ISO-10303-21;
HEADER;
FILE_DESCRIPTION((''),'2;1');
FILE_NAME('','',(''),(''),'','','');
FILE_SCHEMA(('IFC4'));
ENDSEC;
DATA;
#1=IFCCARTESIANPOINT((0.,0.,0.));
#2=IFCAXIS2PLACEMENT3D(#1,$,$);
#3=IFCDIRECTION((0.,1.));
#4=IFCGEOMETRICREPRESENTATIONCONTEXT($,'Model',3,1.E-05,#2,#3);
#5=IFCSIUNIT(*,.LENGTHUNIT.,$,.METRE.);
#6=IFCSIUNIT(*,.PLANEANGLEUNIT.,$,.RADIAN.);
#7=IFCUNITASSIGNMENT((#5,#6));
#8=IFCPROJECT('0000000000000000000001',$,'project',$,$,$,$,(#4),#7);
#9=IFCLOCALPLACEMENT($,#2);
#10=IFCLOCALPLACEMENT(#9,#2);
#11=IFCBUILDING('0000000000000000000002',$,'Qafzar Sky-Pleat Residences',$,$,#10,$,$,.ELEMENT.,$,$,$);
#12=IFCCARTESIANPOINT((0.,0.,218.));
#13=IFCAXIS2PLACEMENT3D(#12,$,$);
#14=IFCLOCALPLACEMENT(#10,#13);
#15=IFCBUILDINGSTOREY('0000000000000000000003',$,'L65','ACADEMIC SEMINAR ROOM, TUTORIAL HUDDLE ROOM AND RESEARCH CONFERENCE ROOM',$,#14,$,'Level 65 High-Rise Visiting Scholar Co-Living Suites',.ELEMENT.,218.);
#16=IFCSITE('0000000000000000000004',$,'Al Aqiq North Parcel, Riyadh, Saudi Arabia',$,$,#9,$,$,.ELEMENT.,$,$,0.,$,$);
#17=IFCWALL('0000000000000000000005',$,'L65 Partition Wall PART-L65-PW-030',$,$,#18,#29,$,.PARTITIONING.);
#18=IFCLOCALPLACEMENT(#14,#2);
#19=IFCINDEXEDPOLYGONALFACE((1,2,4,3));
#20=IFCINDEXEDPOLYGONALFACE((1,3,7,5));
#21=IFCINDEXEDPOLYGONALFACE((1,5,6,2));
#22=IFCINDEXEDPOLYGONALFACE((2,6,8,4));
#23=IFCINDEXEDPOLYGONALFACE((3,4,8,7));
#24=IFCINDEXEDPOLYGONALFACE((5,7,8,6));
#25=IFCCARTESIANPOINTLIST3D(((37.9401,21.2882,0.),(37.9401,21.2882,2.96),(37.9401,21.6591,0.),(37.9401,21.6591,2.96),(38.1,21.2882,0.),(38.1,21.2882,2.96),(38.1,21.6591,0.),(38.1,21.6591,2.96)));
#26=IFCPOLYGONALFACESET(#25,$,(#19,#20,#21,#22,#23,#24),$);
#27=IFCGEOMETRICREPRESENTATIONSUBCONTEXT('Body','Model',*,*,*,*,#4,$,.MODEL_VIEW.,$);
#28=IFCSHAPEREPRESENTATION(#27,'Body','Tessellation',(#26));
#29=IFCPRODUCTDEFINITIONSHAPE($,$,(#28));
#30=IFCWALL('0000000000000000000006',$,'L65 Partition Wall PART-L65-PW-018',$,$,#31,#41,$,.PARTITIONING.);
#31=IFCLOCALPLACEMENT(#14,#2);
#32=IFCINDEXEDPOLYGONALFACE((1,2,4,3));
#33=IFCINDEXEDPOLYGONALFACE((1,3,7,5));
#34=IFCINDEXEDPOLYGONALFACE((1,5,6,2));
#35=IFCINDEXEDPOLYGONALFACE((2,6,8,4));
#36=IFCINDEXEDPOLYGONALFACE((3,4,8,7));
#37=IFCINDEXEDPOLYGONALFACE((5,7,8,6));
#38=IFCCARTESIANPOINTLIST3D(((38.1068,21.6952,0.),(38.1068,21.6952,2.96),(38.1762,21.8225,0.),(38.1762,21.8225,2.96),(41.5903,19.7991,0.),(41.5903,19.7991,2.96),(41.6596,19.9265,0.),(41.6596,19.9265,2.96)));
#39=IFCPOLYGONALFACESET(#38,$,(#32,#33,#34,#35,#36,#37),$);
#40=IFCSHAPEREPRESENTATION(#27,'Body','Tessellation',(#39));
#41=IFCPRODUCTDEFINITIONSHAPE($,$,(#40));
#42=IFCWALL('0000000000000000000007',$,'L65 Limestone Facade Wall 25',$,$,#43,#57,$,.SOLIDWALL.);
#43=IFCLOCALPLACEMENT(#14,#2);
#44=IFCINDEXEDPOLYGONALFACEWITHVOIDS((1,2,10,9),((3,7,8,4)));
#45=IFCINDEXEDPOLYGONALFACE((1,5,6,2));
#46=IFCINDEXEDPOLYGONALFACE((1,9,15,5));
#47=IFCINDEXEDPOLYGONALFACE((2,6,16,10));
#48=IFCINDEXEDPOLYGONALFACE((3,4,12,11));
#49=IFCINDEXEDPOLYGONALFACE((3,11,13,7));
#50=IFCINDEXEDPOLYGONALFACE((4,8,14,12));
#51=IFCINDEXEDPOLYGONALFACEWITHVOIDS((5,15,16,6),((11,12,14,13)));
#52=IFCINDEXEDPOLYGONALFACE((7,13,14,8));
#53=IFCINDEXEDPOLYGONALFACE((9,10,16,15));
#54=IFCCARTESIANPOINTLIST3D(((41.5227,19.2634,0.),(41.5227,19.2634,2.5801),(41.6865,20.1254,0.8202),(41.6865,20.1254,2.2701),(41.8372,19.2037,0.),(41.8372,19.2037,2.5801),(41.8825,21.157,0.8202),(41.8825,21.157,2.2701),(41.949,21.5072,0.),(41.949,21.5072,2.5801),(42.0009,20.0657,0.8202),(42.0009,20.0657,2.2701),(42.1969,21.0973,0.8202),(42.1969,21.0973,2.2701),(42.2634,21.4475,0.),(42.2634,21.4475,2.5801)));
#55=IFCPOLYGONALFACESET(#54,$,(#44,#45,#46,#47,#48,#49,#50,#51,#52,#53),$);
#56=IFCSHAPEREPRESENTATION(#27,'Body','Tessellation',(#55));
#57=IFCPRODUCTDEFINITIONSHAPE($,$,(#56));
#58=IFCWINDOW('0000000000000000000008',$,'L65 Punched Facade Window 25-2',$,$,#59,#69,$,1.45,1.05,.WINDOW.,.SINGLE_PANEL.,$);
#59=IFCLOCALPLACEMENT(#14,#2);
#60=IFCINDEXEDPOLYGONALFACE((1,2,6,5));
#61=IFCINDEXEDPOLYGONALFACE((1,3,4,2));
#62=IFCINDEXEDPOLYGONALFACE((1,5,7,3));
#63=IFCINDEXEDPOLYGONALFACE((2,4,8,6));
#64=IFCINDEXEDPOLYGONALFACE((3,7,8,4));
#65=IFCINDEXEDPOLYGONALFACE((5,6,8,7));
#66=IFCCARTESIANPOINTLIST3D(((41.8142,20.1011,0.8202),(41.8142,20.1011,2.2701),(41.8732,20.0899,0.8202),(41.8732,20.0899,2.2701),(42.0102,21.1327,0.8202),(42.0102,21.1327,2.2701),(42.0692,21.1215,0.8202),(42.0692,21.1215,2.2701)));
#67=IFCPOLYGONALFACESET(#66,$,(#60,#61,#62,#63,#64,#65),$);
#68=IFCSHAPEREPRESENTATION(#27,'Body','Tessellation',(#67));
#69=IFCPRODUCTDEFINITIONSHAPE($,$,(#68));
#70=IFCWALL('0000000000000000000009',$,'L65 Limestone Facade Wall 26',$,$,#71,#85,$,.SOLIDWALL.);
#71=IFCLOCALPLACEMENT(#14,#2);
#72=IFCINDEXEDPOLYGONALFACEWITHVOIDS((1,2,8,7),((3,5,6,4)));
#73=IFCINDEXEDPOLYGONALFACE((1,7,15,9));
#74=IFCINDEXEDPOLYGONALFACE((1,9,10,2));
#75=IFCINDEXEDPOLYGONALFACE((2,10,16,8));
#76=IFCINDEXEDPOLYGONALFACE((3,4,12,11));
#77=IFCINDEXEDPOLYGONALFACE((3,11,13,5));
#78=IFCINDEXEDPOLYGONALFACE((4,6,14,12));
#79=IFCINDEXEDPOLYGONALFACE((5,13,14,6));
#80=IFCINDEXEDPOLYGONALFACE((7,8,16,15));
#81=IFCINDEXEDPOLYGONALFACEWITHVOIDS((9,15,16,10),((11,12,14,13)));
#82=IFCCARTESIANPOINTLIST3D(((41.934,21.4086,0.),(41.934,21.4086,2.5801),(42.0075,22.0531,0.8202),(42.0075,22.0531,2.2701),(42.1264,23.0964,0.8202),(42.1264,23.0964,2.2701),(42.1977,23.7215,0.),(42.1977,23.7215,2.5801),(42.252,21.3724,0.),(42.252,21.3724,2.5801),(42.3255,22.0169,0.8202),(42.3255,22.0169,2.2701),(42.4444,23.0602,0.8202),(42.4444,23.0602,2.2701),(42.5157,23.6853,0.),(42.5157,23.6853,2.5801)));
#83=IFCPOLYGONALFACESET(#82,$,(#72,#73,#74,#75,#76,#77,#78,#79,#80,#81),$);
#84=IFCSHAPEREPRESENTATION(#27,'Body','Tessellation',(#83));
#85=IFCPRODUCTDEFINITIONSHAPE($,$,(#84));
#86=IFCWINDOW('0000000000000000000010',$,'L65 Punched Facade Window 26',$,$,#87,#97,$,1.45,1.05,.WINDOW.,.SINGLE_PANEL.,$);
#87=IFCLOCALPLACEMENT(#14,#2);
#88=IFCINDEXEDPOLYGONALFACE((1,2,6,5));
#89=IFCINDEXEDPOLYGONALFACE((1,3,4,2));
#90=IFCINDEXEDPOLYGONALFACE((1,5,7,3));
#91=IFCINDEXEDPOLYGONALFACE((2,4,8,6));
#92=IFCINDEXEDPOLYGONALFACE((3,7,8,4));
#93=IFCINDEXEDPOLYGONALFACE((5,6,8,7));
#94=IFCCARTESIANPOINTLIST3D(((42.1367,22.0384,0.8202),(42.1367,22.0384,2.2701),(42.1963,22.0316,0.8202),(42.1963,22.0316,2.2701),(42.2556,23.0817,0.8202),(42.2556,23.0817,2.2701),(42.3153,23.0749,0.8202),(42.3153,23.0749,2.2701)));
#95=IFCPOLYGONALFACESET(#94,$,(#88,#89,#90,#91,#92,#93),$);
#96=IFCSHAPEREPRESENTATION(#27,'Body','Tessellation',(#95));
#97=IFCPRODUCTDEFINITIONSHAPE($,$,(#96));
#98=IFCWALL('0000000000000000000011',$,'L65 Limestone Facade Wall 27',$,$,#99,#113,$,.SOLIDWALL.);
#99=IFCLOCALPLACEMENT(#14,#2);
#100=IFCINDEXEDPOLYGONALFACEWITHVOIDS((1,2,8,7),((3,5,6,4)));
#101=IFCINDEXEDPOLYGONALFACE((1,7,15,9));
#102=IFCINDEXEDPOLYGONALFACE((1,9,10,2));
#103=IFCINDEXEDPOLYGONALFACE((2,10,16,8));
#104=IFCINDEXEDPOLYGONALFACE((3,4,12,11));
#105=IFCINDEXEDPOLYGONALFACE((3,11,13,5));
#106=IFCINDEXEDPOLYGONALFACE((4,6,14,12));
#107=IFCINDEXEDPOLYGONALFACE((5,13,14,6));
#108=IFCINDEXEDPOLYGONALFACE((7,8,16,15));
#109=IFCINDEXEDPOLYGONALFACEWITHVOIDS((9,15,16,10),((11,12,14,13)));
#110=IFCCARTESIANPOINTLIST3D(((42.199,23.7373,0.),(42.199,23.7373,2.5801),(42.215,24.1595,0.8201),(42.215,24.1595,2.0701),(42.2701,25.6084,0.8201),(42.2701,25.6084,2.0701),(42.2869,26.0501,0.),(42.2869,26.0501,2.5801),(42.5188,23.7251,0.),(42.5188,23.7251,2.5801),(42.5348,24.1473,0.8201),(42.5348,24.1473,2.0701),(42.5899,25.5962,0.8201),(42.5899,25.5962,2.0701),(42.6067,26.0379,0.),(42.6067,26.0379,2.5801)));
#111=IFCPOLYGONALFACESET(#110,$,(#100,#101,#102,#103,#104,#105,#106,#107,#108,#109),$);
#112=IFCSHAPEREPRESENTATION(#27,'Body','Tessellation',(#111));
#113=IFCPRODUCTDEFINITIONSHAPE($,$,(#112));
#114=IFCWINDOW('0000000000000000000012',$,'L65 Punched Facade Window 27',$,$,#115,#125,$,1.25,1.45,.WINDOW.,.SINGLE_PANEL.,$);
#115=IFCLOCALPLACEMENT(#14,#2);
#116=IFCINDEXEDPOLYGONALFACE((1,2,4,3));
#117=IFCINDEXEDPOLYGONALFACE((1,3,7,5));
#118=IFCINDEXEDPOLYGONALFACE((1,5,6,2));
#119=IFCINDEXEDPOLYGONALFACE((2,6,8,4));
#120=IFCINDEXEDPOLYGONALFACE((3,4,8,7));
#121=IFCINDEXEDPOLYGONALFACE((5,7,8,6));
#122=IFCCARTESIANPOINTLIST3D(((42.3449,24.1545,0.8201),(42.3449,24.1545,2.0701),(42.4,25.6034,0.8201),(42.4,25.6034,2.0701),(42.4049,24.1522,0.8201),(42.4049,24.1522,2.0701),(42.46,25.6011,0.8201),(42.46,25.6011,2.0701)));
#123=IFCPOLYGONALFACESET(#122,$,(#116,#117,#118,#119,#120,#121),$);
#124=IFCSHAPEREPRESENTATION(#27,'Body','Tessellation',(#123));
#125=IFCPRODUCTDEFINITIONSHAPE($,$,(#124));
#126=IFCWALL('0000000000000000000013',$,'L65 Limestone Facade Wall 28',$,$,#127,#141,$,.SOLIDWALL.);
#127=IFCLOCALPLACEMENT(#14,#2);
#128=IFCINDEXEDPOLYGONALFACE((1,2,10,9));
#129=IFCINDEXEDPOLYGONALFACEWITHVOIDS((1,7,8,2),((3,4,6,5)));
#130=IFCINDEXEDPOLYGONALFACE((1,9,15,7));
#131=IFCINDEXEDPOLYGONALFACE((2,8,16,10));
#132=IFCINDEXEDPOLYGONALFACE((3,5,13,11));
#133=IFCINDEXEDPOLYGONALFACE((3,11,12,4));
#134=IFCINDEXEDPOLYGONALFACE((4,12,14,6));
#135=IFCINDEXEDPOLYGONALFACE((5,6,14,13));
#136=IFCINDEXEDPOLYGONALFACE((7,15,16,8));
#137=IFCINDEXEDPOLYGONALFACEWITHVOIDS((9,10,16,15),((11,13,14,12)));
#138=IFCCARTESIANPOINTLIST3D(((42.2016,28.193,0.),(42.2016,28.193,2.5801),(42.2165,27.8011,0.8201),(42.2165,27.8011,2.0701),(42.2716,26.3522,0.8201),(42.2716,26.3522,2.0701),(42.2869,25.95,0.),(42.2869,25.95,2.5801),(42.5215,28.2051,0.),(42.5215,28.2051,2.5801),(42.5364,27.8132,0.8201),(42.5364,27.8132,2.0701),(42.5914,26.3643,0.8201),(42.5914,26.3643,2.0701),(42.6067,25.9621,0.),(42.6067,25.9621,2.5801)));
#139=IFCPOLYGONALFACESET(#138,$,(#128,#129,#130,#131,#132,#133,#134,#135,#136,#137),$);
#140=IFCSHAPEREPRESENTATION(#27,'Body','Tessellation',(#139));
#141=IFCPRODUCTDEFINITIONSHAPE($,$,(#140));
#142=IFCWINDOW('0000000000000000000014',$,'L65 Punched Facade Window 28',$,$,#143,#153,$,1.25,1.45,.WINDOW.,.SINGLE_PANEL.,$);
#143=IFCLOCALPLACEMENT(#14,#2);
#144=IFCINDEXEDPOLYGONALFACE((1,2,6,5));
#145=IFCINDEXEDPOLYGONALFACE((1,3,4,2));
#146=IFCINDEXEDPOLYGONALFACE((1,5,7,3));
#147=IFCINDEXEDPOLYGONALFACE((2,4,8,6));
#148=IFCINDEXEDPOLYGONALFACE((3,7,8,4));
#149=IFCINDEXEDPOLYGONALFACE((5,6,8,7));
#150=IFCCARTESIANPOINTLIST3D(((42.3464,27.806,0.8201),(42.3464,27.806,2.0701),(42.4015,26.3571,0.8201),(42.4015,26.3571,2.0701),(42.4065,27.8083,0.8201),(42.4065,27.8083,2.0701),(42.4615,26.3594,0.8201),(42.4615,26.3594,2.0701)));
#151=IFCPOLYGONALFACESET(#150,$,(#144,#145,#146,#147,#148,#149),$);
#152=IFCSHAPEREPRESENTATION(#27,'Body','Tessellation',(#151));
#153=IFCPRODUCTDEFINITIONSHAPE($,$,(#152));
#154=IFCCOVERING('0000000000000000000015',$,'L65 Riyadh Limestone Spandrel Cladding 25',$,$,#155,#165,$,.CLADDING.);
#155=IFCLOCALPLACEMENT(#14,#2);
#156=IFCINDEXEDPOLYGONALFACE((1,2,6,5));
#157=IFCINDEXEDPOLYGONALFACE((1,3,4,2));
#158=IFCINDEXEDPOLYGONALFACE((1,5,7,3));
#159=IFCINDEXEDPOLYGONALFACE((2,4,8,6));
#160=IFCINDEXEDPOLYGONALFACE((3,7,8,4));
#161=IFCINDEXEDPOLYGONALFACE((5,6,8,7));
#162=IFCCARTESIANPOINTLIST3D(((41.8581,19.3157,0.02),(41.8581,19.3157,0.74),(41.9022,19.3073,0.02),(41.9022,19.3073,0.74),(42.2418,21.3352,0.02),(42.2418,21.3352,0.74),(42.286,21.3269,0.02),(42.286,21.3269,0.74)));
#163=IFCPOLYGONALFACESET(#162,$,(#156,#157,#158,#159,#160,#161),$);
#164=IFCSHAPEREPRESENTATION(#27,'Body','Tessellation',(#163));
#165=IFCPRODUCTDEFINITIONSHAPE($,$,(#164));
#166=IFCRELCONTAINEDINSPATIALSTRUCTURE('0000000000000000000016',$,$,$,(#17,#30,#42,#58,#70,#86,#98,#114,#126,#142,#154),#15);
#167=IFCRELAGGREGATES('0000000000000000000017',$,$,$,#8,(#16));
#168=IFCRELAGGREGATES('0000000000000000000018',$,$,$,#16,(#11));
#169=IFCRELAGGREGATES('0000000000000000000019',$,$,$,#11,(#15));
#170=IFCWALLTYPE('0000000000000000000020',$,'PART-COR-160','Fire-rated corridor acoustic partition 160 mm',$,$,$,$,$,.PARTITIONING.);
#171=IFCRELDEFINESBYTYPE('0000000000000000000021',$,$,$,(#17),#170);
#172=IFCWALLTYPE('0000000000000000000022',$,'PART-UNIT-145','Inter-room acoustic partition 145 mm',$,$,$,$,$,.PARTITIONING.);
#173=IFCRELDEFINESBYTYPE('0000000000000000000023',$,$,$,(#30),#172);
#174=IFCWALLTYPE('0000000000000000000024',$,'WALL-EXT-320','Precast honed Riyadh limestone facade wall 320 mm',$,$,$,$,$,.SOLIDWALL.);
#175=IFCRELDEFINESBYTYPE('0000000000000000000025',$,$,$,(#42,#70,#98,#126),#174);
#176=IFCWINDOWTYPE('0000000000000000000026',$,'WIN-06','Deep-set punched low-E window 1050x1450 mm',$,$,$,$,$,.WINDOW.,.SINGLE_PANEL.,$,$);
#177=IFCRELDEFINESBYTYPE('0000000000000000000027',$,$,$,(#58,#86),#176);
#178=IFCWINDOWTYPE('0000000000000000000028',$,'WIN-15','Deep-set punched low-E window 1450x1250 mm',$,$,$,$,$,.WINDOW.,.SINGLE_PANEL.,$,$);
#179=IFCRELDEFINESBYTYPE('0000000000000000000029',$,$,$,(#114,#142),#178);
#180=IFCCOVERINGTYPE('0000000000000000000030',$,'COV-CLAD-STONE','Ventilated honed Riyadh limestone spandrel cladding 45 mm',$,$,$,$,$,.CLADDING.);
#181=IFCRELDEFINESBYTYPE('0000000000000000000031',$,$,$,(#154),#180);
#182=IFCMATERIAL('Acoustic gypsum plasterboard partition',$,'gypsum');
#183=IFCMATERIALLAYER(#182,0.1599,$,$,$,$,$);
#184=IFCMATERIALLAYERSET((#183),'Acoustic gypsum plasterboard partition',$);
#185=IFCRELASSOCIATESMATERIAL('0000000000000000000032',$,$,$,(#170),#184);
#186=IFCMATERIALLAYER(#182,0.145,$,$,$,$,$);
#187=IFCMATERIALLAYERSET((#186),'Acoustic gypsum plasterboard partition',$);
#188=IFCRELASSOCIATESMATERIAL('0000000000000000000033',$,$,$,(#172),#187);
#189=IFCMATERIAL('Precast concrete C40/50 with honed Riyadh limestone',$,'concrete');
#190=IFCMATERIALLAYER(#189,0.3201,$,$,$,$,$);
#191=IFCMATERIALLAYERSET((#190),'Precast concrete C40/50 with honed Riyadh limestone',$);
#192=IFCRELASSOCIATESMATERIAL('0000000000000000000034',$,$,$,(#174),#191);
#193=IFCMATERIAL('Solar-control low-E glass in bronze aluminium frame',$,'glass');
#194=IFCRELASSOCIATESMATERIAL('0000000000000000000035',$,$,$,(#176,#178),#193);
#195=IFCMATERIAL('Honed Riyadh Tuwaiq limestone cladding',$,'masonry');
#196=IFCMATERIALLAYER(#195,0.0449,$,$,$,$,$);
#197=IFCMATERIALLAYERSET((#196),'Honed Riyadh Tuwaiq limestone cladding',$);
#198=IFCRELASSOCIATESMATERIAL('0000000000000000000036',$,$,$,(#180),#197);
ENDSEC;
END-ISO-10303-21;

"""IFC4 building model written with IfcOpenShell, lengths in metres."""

from ifc_helpers import new_model, si_unit, direction, frame, frame_2d, origin, origin_2d, place, context, subcontext, project, spatial, rectangle, extrude, source, transform, mapped, material, layer, layer_set, type_object, element, fill, save


model = new_model("IFC4")

# Units and contexts
model_context = context("Model", 3, precision=1e-05, world=origin(), true_north=direction((0.0, 1.0)))
body_context = subcontext(model_context, "Body", "Model", "MODEL_VIEW")
ifc_project = project(units=[si_unit("LENGTHUNIT", "METRE"), si_unit("PLANEANGLEUNIT", "RADIAN")], contexts=[model_context])

# Site, building, storey
site_placement = place(None, origin())
site = spatial("IfcSite", under=ifc_project, at=site_placement, Name="Al Aqiq North Parcel, Riyadh, Saudi Arabia", CompositionType="ELEMENT", RefElevation=0.0)
building_placement = place(site_placement, origin())
building = spatial("IfcBuilding", under=site, at=building_placement, Name="Qafzar Sky-Pleat Residences", CompositionType="ELEMENT")
storey_placement = place(building_placement, frame((0.0, 0.0, 218.0)))
storey = spatial("IfcBuildingStorey", under=building, at=storey_placement, Name="L65", Description="ACADEMIC SEMINAR ROOM, TUTORIAL HUDDLE ROOM AND RESEARCH CONFERENCE ROOM", LongName="Level 65 High-Rise Visiting Scholar Co-Living Suites", CompositionType="ELEMENT", Elevation=218.0)

# Shared definitions
ifc_material_1 = material(Name="Acoustic gypsum plasterboard partition", Category="gypsum")
ifc_layer_1 = layer(ifc_material_1, 0.1599)
ifc_layer_set_1 = layer_set([ifc_layer_1], Name="Acoustic gypsum plasterboard partition")
wall_type_1 = type_object("IfcWallType", Name="PART-COR-160", Description="Fire-rated corridor acoustic partition 160 mm", PredefinedType="PARTITIONING", material=ifc_layer_set_1)

# Walls
wall_1_placement = place(storey_placement, frame((38.02, 21.2881, 0.0), z_axis=(0.0, 0.0, 1.0), x_axis=(0.0, 1.0, 0.0)))
element("IfcWall", 1, at=wall_1_placement, inside=storey, type_object=wall_type_1, Name="L65 Partition Wall PART-L65-PW-030", PredefinedType="PARTITIONING", context=body_context, shape_type="SweptSolid", body=[
    extrude(rectangle(XDim=0.3708, YDim=0.1599, at=frame_2d((0.1855, 0.0))), origin(), (0.0, 0.0, 1.0), 2.96),
])
ifc_layer_2 = layer(ifc_material_1, 0.145)
ifc_layer_set_2 = layer_set([ifc_layer_2], Name="Acoustic gypsum plasterboard partition")
wall_type_2 = type_object("IfcWallType", Name="PART-UNIT-145", Description="Inter-room acoustic partition 145 mm", PredefinedType="PARTITIONING", material=ifc_layer_set_2)
wall_2_placement = place(storey_placement, frame((38.1416, 21.7588, 0.0), z_axis=(0.0, 0.0, 1.0), x_axis=(0.878323, -0.478067, 0.0)))
element("IfcWall", 2, at=wall_2_placement, inside=storey, type_object=wall_type_2, Name="L65 Partition Wall PART-L65-PW-018", PredefinedType="PARTITIONING", context=body_context, shape_type="SweptSolid", body=[
    extrude(rectangle(XDim=3.9661, YDim=0.145, at=frame_2d((1.9829, 0.0))), origin(), (0.0, 0.0, 1.0), 2.96),
])

# Walls, openings, windows
ifc_material_2 = material(Name="Precast concrete C40/50 with honed Riyadh limestone", Category="concrete")
ifc_layer_3 = layer(ifc_material_2, 0.3201)
ifc_layer_set_3 = layer_set([ifc_layer_3], Name="Precast concrete C40/50 with honed Riyadh limestone")
wall_type_3 = type_object("IfcWallType", Name="WALL-EXT-320", Description="Precast honed Riyadh limestone facade wall 320 mm", PredefinedType="SOLIDWALL", material=ifc_layer_set_3)
wall_3_placement = place(storey_placement, frame((41.6799, 19.2334, 0.0), z_axis=(0.0, 0.0, 1.0), x_axis=(0.186631, 0.98243, 0.0)))
wall_3 = element("IfcWall", 3, at=wall_3_placement, inside=storey, type_object=wall_type_3, Name="L65 Limestone Facade Wall 25", PredefinedType="SOLIDWALL", context=body_context, shape_type="SweptSolid", body=[
    extrude(rectangle(XDim=2.2839, YDim=0.3201, at=frame_2d((1.1421, 0.0))), origin(), (0.0, 0.0, 1.0), 2.5801),
])
opening_1_placement = place(wall_3_placement, frame((0.8777, 0.0, 0.8201)))
opening_1 = element("IfcOpeningElement", 4, at=opening_1_placement, cuts=wall_3, PredefinedType="OPENING", context=body_context, shape_type="SweptSolid", body=[
    extrude(rectangle(XDim=1.05, YDim=1.45, at=frame_2d((0.5249, 0.7251))), frame((0.0, 0.1699, 0.0), z_axis=(0.0, -1.0, 0.0), x_axis=(1.0, 0.0, 0.0)), (0.0, 0.0, 1.0), 0.3401),
])
ifc_material_3 = material(Name="Solar-control low-E glass in bronze aluminium frame", Category="glass")
window_type_1 = type_object("IfcWindowType", Name="WIN-06", Description="Deep-set punched low-E window 1050x1450 mm", PartitioningType="SINGLE_PANEL", PredefinedType="WINDOW", material=ifc_material_3)
shared_shape_1 = source(origin(), body_context, "Body", "SweptSolid", [
    extrude(rectangle(XDim=1.05, YDim=1.45, at=frame_2d((0.5249, 0.7251))), frame((0.0, 0.03, 0.0), z_axis=(0.0, -1.0, 0.0), x_axis=(1.0, 0.0, 0.0)), (0.0, 0.0, 1.0), 0.0601),
])
window_1_placement = place(opening_1_placement, origin())
window_1 = element("IfcWindow", 5, at=window_1_placement, inside=storey, type_object=window_type_1, Name="L65 Punched Facade Window 25-2", OverallHeight=1.45, OverallWidth=1.05, PartitioningType="SINGLE_PANEL", PredefinedType="WINDOW", context=body_context, shape_type="MappedRepresentation", body=[
    mapped(shared_shape_1, transform((0.0, 0.0, 0.0), x_axis=(1.0, 0.0, 0.0), y_axis=(0.0, 1.0, 0.0), z_axis=(0.0, 0.0, 1.0), scale=1.0)),
])
fill(opening_1, window_1)
wall_4_placement = place(storey_placement, frame((42.093, 21.3904, 0.0), z_axis=(0.0, 0.0, 1.0), x_axis=(0.113263, 0.993565, 0.0)))
wall_4 = element("IfcWall", 6, at=wall_4_placement, inside=storey, type_object=wall_type_3, Name="L65 Limestone Facade Wall 26", PredefinedType="SOLIDWALL", context=body_context, shape_type="SweptSolid", body=[
    extrude(rectangle(XDim=2.3279, YDim=0.3201, at=frame_2d((1.1641, 0.0))), origin(), (0.0, 0.0, 1.0), 2.5801),
])
opening_2_placement = place(wall_4_placement, frame((0.6489, 0.0, 0.8201)))
opening_2 = element("IfcOpeningElement", 7, at=opening_2_placement, cuts=wall_4, PredefinedType="OPENING", context=body_context, shape_type="SweptSolid", body=[
    extrude(rectangle(XDim=1.05, YDim=1.45, at=frame_2d((0.5249, 0.7251))), frame((0.0, 0.1699, 0.0), z_axis=(0.0, -1.0, 0.0), x_axis=(1.0, 0.0, 0.0)), (0.0, 0.0, 1.0), 0.3401),
])
window_2_placement = place(opening_2_placement, origin())
window_2 = element("IfcWindow", 8, at=window_2_placement, inside=storey, type_object=window_type_1, Name="L65 Punched Facade Window 26", OverallHeight=1.45, OverallWidth=1.05, PartitioningType="SINGLE_PANEL", PredefinedType="WINDOW", context=body_context, shape_type="MappedRepresentation", body=[
    mapped(shared_shape_1, transform((0.0, 0.0, 0.0), x_axis=(1.0, 0.0, 0.0), y_axis=(0.0, 1.0, 0.0), z_axis=(0.0, 0.0, 1.0), scale=1.0)),
])
fill(opening_2, window_2)
wall_5_placement = place(storey_placement, frame((42.3589, 23.7312, 0.0), z_axis=(0.0, 0.0, 1.0), x_axis=(0.037975, 0.999279, 0.0)))
wall_5 = element("IfcWall", 9, at=wall_5_placement, inside=storey, type_object=wall_type_3, Name="L65 Limestone Facade Wall 27", PredefinedType="SOLIDWALL", context=body_context, shape_type="SweptSolid", body=[
    extrude(rectangle(XDim=2.3145, YDim=0.3201, at=frame_2d((1.1572, 0.0))), origin(), (0.0, 0.0, 1.0), 2.5801),
])
opening_3_placement = place(wall_5_placement, frame((0.4224, 0.0, 0.8201)))
opening_3 = element("IfcOpeningElement", 10, at=opening_3_placement, cuts=wall_5, PredefinedType="OPENING", context=body_context, shape_type="SweptSolid", body=[
    extrude(rectangle(XDim=1.45, YDim=1.25, at=frame_2d((0.7251, 0.625))), frame((0.0, 0.1699, 0.0), z_axis=(0.0, -1.0, 0.0), x_axis=(1.0, 0.0, 0.0)), (0.0, 0.0, 1.0), 0.3401),
])
window_type_2 = type_object("IfcWindowType", Name="WIN-15", Description="Deep-set punched low-E window 1450x1250 mm", PartitioningType="SINGLE_PANEL", PredefinedType="WINDOW", material=ifc_material_3)
shared_shape_2 = source(origin(), body_context, "Body", "SweptSolid", [
    extrude(rectangle(XDim=1.45, YDim=1.25, at=frame_2d((0.7251, 0.625))), frame((0.0, 0.03, 0.0), z_axis=(0.0, -1.0, 0.0), x_axis=(1.0, 0.0, 0.0)), (0.0, 0.0, 1.0), 0.0601),
])
window_3_placement = place(opening_3_placement, origin())
window_3 = element("IfcWindow", 11, at=window_3_placement, inside=storey, type_object=window_type_2, Name="L65 Punched Facade Window 27", OverallHeight=1.25, OverallWidth=1.45, PartitioningType="SINGLE_PANEL", PredefinedType="WINDOW", context=body_context, shape_type="MappedRepresentation", body=[
    mapped(shared_shape_2, transform((0.0, 0.0, 0.0), x_axis=(1.0, 0.0, 0.0), y_axis=(0.0, 1.0, 0.0), z_axis=(0.0, 0.0, 1.0), scale=1.0)),
])
fill(opening_3, window_3)
wall_6_placement = place(storey_placement, frame((42.4468, 25.9561, 0.0), z_axis=(0.0, 0.0, 1.0), x_axis=(-0.037961, 0.999279, 0.0)))
wall_6 = element("IfcWall", 12, at=wall_6_placement, inside=storey, type_object=wall_type_3, Name="L65 Limestone Facade Wall 28", PredefinedType="SOLIDWALL", context=body_context, shape_type="SweptSolid", body=[
    extrude(rectangle(XDim=2.2446, YDim=0.3201, at=frame_2d((1.1223, 0.0))), origin(), (0.0, 0.0, 1.0), 2.5801),
])
opening_4_placement = place(wall_6_placement, frame((0.4023, 0.0, 0.8201)))
opening_4 = element("IfcOpeningElement", 13, at=opening_4_placement, cuts=wall_6, PredefinedType="OPENING", context=body_context, shape_type="SweptSolid", body=[
    extrude(rectangle(XDim=1.45, YDim=1.25, at=frame_2d((0.7251, 0.625))), frame((0.0, 0.1699, 0.0), z_axis=(0.0, -1.0, 0.0), x_axis=(1.0, 0.0, 0.0)), (0.0, 0.0, 1.0), 0.3401),
])
window_4_placement = place(opening_4_placement, origin())
window_4 = element("IfcWindow", 14, at=window_4_placement, inside=storey, type_object=window_type_2, Name="L65 Punched Facade Window 28", OverallHeight=1.25, OverallWidth=1.45, PartitioningType="SINGLE_PANEL", PredefinedType="WINDOW", context=body_context, shape_type="MappedRepresentation", body=[
    mapped(shared_shape_2, transform((0.0, 0.0, 0.0), x_axis=(1.0, 0.0, 0.0), y_axis=(0.0, 1.0, 0.0), z_axis=(0.0, 0.0, 1.0), scale=1.0)),
])
fill(opening_4, window_4)

# Covering
ifc_material_4 = material(Name="Honed Riyadh Tuwaiq limestone cladding", Category="masonry")
ifc_layer_4 = layer(ifc_material_4, 0.0449)
ifc_layer_set_4 = layer_set([ifc_layer_4], Name="Honed Riyadh Tuwaiq limestone cladding")
covering_type = type_object("IfcCoveringType", Name="COV-CLAD-STONE", Description="Ventilated honed Riyadh limestone spandrel cladding 45 mm", PredefinedType="CLADDING", material=ifc_layer_set_4)
shared_shape_3 = source(origin(), body_context, "Body", "SweptSolid", [
    extrude(rectangle(XDim=2.0557, YDim=0.0449, at=origin_2d()), origin(), (0.0, 0.0, 1.0), 0.72),
])
covering_placement = place(storey_placement, frame((42.072, 20.3213, 0.02), z_axis=(0.0, 0.0, 1.0), x_axis=(0.186686, 0.98242, 0.0)))
element("IfcCovering", 15, at=covering_placement, inside=storey, type_object=covering_type, Name="L65 Riyadh Limestone Spandrel Cladding 25", PredefinedType="CLADDING", context=body_context, shape_type="MappedRepresentation", body=[
    mapped(shared_shape_3, transform((0.0, 0.0, 0.0), x_axis=(1.0, 0.0, 0.0), y_axis=(0.0, 1.0, 0.0), z_axis=(0.0, 0.0, 1.0), scale=1.0)),
])

save(model, "model.ifc")
